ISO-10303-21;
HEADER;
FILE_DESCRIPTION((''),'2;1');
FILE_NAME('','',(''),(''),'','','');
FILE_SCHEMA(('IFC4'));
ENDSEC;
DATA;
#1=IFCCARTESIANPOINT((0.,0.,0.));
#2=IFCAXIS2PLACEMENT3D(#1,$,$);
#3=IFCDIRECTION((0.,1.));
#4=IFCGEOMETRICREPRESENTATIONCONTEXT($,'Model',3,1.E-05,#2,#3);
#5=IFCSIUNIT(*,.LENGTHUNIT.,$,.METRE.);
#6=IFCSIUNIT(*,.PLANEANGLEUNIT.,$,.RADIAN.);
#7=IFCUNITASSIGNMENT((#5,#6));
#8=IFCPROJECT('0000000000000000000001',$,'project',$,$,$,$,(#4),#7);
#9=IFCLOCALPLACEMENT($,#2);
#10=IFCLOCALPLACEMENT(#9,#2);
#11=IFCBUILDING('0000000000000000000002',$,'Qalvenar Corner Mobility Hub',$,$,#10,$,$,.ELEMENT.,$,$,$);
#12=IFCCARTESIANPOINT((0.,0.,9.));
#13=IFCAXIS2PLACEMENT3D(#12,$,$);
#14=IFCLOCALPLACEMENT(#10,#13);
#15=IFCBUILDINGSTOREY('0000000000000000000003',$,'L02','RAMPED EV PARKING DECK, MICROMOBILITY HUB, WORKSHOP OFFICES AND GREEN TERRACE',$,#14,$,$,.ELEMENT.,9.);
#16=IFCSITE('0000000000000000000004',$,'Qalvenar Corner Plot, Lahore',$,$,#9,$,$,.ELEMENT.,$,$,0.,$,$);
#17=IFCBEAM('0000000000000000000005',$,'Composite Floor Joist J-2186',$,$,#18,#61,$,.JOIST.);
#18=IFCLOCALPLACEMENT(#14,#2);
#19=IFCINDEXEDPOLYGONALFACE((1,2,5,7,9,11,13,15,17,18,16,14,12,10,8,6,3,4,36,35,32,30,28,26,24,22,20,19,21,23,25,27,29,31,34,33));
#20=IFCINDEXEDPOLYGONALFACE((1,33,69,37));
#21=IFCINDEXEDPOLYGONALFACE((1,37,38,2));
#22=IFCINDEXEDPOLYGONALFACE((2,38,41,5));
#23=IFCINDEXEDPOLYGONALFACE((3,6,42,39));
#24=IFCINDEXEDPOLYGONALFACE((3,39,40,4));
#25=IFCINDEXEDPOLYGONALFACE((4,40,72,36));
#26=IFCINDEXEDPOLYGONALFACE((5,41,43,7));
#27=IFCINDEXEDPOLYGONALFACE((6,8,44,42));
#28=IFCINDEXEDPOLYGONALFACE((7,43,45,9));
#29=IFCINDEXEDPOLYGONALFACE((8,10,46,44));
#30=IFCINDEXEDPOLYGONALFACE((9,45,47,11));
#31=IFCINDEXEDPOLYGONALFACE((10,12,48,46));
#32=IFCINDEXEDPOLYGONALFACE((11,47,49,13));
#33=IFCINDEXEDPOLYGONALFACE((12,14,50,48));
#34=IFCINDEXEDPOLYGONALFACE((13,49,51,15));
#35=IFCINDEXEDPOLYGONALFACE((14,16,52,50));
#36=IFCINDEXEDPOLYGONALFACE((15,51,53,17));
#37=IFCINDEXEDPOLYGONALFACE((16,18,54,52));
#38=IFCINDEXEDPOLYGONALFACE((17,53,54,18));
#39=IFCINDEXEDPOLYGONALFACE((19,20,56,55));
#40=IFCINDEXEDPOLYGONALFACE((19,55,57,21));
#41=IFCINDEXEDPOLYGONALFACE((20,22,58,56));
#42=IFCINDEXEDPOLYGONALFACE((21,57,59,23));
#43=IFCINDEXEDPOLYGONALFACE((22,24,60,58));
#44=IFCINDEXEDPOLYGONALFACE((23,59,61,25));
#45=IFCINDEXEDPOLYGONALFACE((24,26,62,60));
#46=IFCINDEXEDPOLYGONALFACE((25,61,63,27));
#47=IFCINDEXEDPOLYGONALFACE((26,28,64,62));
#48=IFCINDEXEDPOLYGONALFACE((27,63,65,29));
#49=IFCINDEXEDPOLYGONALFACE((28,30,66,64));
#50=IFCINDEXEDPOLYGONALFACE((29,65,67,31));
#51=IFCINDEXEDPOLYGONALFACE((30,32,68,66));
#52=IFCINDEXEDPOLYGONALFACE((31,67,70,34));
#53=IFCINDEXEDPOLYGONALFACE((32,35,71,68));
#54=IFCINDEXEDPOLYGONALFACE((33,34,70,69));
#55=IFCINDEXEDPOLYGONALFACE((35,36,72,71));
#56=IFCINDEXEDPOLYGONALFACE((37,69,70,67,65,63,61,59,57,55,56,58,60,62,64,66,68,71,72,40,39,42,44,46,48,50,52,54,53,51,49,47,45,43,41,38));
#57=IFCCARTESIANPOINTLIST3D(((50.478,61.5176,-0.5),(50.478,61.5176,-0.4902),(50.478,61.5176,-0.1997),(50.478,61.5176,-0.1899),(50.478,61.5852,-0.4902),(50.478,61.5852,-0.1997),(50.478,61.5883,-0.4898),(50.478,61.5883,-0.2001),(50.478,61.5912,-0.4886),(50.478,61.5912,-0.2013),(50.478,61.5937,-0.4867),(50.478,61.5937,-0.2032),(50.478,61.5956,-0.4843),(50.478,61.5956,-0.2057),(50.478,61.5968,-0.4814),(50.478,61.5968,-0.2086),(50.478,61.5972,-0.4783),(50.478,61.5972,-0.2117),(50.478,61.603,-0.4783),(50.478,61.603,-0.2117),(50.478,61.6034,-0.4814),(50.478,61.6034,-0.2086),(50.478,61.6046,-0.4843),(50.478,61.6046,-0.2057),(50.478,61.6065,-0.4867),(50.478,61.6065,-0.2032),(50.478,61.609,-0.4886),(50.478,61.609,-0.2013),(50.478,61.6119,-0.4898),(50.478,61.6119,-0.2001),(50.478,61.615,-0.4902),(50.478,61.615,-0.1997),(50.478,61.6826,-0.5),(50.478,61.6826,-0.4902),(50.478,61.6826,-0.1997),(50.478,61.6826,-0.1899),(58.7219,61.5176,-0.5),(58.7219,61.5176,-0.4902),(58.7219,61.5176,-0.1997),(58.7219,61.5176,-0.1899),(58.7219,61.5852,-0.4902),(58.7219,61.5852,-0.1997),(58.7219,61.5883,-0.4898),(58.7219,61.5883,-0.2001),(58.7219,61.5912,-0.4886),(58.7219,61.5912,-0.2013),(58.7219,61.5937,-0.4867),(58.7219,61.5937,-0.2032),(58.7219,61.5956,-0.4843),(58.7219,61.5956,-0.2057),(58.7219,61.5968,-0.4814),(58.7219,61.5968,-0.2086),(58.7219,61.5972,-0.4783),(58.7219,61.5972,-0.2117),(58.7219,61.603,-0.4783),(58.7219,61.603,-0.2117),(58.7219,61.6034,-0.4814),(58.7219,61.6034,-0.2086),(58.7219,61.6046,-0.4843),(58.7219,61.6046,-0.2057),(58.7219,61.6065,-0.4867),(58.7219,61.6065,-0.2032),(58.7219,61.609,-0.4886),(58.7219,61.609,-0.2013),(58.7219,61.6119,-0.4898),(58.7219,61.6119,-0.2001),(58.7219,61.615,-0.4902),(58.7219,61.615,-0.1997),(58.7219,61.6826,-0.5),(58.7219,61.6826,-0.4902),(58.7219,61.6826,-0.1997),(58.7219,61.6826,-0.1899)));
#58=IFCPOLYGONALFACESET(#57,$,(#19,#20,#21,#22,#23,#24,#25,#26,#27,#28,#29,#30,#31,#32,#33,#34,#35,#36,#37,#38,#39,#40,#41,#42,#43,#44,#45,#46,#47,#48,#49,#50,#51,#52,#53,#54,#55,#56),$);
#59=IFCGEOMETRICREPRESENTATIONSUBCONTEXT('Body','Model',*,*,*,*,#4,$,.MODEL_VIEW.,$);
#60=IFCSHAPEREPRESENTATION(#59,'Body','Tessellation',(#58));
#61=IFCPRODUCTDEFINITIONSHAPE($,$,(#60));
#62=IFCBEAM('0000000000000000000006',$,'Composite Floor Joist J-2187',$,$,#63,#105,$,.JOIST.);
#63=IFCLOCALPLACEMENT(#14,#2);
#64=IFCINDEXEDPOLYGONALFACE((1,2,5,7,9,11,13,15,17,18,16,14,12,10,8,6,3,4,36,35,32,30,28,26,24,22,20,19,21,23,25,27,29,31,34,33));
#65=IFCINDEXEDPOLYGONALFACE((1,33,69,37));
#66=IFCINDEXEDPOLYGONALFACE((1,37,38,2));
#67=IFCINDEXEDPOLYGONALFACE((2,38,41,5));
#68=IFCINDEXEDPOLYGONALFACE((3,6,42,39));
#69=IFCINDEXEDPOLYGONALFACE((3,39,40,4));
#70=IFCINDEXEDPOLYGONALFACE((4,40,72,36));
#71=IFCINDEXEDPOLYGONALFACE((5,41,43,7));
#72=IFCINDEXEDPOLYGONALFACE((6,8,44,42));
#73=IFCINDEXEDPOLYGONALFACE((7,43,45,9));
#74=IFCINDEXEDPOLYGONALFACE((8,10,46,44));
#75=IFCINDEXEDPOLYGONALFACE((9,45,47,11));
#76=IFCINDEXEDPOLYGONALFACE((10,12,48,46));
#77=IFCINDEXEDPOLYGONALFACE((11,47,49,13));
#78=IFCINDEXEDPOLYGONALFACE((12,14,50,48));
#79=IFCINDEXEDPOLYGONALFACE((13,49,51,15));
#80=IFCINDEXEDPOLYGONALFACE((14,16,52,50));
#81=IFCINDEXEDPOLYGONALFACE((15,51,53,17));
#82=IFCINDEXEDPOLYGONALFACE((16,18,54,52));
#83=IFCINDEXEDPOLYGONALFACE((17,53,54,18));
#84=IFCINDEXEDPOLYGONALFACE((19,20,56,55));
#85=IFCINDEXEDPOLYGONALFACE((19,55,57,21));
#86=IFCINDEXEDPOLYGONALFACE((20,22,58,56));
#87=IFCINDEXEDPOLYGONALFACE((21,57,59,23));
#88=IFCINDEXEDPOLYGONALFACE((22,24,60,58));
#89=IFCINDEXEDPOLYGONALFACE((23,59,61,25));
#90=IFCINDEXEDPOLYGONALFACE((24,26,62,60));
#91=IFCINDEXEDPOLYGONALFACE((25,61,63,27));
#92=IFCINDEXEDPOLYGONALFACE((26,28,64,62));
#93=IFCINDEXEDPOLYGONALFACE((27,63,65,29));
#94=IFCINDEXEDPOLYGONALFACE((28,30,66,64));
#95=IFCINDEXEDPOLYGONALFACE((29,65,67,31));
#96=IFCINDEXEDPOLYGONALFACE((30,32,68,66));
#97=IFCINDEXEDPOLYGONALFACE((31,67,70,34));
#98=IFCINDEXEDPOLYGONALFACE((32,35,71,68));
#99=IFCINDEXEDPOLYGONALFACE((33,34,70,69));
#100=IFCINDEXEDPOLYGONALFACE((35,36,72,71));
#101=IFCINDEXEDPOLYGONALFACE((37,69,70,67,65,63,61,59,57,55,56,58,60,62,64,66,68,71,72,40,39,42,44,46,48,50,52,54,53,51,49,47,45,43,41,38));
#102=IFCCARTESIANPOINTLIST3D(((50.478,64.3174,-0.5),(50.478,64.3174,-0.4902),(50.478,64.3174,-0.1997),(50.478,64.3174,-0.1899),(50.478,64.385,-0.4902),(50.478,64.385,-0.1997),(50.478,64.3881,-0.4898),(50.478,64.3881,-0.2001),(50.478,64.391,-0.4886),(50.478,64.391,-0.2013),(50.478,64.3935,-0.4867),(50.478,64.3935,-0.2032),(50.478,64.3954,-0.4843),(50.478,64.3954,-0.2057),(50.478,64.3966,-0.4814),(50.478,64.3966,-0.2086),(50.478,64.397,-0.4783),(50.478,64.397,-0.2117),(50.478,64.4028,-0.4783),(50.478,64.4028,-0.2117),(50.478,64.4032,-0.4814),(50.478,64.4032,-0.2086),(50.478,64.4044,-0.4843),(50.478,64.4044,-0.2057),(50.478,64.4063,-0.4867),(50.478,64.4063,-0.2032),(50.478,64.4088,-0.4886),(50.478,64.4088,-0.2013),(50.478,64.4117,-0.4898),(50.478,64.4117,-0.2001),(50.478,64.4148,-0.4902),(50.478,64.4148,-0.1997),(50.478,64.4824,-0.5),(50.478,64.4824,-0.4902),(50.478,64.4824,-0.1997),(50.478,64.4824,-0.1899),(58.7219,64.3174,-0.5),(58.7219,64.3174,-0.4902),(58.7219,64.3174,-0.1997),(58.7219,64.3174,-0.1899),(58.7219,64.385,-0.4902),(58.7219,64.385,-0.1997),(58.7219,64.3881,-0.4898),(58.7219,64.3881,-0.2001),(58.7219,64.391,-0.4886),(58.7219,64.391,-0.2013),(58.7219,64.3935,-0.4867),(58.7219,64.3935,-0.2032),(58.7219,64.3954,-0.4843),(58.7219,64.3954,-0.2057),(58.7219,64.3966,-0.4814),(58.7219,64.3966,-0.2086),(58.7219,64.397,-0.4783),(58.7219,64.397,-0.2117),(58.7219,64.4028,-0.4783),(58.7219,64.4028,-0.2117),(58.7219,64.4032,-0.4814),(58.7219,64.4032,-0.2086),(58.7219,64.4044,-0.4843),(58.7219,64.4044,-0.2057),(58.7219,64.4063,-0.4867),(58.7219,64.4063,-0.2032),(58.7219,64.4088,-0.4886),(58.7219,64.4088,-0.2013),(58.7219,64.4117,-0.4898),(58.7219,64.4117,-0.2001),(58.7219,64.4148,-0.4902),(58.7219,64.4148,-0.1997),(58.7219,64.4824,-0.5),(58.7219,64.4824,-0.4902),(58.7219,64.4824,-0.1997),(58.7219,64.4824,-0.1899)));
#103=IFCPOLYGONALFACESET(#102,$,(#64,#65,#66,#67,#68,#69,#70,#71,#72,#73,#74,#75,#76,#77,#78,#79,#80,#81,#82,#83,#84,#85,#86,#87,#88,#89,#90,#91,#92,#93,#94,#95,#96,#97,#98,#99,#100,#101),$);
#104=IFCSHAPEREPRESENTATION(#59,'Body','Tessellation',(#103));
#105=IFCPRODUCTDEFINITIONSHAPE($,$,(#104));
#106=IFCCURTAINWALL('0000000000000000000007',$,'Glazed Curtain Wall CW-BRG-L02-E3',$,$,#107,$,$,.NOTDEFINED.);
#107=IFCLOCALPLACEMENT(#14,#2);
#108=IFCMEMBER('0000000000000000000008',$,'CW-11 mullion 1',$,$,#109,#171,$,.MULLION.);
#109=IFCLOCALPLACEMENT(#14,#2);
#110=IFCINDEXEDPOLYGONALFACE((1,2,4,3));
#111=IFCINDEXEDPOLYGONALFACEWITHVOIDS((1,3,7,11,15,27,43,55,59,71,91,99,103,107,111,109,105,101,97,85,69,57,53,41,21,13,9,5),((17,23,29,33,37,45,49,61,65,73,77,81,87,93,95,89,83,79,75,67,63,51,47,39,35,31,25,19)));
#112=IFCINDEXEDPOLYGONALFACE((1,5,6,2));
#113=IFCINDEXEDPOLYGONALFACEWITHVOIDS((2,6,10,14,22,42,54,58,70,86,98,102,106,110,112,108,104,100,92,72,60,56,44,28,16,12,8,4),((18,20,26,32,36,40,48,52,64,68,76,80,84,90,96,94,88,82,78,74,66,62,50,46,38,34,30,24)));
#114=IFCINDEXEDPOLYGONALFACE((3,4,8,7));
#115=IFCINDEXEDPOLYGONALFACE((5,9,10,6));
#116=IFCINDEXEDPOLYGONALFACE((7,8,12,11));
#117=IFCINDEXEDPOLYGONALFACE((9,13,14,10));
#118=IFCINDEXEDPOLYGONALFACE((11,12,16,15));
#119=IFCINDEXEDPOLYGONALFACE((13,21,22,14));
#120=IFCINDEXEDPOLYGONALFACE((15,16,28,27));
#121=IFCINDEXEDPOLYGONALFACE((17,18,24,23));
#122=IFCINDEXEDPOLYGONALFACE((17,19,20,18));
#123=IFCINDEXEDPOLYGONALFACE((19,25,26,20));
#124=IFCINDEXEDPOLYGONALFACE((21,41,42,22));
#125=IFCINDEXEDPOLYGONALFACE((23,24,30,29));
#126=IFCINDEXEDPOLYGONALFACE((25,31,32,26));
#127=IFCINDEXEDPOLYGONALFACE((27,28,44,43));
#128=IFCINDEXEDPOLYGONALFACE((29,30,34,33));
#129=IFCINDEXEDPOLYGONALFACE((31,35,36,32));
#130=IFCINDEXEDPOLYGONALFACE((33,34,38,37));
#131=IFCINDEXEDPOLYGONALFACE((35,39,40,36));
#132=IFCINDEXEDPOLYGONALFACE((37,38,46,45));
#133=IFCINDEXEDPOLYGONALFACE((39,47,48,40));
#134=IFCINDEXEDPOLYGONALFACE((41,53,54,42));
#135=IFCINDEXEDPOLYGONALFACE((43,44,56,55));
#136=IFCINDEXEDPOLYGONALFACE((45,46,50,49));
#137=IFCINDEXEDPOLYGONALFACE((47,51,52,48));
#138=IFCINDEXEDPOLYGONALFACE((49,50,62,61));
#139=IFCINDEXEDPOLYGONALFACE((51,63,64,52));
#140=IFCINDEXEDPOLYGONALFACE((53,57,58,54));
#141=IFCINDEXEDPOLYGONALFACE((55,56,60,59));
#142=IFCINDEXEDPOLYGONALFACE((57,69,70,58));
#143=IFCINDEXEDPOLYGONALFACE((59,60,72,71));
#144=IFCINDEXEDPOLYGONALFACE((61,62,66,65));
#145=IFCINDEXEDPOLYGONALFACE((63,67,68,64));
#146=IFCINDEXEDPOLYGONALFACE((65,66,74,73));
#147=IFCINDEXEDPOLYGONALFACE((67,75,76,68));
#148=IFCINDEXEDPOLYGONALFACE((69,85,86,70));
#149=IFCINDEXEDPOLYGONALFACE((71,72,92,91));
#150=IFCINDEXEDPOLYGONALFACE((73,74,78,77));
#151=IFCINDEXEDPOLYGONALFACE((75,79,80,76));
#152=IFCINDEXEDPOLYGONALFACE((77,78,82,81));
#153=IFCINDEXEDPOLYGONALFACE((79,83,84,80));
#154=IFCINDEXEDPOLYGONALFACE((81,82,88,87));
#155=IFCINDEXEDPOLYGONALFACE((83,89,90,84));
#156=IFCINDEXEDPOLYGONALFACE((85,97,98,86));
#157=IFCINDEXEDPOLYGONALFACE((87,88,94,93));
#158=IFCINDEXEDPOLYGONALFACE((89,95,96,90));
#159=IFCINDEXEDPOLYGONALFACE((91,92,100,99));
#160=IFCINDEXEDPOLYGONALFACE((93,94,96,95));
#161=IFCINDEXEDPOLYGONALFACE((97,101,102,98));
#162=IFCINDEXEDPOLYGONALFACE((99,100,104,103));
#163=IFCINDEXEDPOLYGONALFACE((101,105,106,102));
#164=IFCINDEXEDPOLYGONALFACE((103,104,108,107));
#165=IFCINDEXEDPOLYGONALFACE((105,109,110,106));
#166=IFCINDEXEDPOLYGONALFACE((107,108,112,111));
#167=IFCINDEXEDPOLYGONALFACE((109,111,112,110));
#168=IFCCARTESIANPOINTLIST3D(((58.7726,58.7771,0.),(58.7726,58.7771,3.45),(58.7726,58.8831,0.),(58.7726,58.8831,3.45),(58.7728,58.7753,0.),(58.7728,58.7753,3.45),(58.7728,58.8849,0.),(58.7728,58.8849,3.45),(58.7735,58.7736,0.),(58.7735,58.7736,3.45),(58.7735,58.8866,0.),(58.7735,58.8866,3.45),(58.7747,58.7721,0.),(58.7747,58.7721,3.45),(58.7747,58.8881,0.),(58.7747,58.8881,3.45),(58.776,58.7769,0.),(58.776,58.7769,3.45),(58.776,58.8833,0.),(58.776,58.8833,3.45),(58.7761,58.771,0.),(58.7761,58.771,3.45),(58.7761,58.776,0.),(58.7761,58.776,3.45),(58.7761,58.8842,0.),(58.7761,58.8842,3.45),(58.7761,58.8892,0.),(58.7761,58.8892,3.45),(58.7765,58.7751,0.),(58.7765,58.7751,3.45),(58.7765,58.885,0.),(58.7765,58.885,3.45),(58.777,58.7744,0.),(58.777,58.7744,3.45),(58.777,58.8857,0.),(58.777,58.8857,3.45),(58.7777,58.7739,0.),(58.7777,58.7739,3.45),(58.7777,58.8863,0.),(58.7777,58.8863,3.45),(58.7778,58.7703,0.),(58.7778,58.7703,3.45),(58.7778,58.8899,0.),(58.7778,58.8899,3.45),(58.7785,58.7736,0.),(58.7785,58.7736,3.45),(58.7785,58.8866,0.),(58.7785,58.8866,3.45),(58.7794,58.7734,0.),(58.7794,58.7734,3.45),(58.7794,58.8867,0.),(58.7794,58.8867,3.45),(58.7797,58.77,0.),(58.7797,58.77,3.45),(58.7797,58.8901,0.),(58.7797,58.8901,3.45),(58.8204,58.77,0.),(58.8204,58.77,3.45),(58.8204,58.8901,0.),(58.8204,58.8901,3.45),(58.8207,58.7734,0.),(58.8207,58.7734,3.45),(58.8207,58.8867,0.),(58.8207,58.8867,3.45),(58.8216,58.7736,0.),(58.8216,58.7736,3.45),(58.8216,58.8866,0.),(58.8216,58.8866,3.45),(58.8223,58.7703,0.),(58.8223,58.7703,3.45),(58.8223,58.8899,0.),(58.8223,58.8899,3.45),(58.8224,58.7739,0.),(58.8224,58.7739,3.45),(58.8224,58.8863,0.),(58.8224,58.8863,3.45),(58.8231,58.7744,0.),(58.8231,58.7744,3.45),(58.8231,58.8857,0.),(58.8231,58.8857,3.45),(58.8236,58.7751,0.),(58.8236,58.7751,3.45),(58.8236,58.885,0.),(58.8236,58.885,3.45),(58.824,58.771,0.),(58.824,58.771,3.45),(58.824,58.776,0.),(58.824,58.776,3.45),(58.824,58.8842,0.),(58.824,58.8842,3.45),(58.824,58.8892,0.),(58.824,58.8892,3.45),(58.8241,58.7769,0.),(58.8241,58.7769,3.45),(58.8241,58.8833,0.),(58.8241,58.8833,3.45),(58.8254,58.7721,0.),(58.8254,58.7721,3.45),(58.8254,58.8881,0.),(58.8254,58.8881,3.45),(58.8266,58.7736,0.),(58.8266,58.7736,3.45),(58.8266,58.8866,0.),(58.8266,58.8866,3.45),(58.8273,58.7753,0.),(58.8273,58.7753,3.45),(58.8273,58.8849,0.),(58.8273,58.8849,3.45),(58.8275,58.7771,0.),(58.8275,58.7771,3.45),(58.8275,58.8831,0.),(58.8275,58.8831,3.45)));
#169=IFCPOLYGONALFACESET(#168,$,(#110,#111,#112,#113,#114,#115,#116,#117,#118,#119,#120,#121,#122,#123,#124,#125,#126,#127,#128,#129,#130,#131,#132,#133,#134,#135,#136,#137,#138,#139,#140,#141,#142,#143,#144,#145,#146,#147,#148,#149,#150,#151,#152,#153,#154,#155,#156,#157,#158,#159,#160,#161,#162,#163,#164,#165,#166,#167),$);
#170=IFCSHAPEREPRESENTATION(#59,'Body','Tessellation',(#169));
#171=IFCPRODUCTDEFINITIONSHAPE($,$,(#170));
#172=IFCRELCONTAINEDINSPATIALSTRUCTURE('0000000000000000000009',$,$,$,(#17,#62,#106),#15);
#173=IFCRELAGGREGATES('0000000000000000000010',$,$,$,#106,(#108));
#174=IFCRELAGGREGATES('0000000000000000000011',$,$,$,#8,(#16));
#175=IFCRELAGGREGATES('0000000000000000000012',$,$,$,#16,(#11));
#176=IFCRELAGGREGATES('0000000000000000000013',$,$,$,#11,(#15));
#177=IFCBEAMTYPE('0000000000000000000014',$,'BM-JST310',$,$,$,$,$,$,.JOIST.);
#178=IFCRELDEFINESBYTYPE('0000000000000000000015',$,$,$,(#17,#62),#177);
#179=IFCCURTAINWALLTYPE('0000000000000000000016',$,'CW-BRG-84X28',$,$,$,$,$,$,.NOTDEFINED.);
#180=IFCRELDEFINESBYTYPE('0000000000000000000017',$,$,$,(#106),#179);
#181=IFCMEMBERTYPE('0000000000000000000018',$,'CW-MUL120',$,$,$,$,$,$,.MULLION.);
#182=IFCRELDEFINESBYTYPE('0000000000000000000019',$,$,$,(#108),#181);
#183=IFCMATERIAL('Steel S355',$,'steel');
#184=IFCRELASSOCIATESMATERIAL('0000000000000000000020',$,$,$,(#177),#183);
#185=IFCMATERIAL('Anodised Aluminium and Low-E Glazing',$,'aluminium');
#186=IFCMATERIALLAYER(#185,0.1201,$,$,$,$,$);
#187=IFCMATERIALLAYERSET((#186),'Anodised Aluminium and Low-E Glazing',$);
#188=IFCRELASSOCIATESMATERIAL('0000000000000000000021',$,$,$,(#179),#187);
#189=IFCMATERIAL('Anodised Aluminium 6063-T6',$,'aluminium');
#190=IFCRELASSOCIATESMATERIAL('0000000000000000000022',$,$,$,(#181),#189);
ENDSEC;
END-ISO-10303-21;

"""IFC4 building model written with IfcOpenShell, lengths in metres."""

from ifc_helpers import new_model, si_unit, direction, frame, origin, origin_2d, place, context, subcontext, project, spatial, hollow_rectangle, i_section, extrude, material, layer, layer_set, material_profile, profile_set, type_object, element, aggregate, save


model = new_model("IFC4")

# Units and contexts
model_context = context("Model", 3, precision=1e-05, world=origin(), true_north=direction((0.0, 1.0)))
body_context = subcontext(model_context, "Body", "Model", "MODEL_VIEW")
ifc_project = project(units=[si_unit("LENGTHUNIT", "METRE"), si_unit("PLANEANGLEUNIT", "RADIAN")], contexts=[model_context])

# Site, building, storey
site_placement = place(None, origin())
site = spatial("IfcSite", under=ifc_project, at=site_placement, Name="Qalvenar Corner Plot, Lahore", CompositionType="ELEMENT", RefElevation=0.0)
building_placement = place(site_placement, origin())
building = spatial("IfcBuilding", under=site, at=building_placement, Name="Qalvenar Corner Mobility Hub", CompositionType="ELEMENT")
storey_placement = place(building_placement, frame((0.0, 0.0, 9.0)))
storey = spatial("IfcBuildingStorey", under=building, at=storey_placement, Name="L02", Description="RAMPED EV PARKING DECK, MICROMOBILITY HUB, WORKSHOP OFFICES AND GREEN TERRACE", CompositionType="ELEMENT", Elevation=9.0)

# Shared definitions
ifc_material_1 = material(Name="Steel S355", Category="steel")

# Beams
ifc_material_profile_1 = material_profile(ifc_material_1, i_section(OverallWidth=0.165, OverallDepth=0.3101, WebThickness=0.0059, FlangeThickness=0.0098, FilletRadius=0.012, at=origin_2d()), Name="W310x38.7")
ifc_profile_set_1 = profile_set([ifc_material_profile_1], Name="Steel S355")
beam_type_1 = type_object("IfcBeamType", Name="BM-JST310", PredefinedType="JOIST", material=ifc_profile_set_1)
for number, where, z_axis, x_axis, name in (
    (1, (50.478, 61.6001, -0.345), (1.0, 0.0, 0.0), (0.0, 1.0, 0.0), "Composite Floor Joist J-2186"),
    (2, (50.478, 64.3999, -0.345), (1.0, 0.0, 0.0), (0.0, 1.0, 0.0), "Composite Floor Joist J-2187"),
):
    element("IfcBeam", number, at=place(storey_placement, frame(where, z_axis=z_axis, x_axis=x_axis)), inside=storey, type_object=beam_type_1, Name=name, PredefinedType="JOIST", context=body_context, shape_type="SweptSolid", body=[
        extrude(i_section(OverallWidth=0.165, OverallDepth=0.3101, WebThickness=0.0059, FlangeThickness=0.0098, FilletRadius=0.012, at=origin_2d()), origin(), (0.0, 0.0, 1.0), 8.2439),
    ])

# Curtain wall, member
ifc_material_2 = material(Name="Anodised Aluminium and Low-E Glazing", Category="aluminium")
ifc_layer_1 = layer(ifc_material_2, 0.1201)
ifc_layer_set_1 = layer_set([ifc_layer_1], Name="Anodised Aluminium and Low-E Glazing")
curtain_wall_type = type_object("IfcCurtainWallType", Name="CW-BRG-84X28", PredefinedType="NOTDEFINED", material=ifc_layer_set_1)
curtain_wall_placement = place(storey_placement, origin())
curtain_wall = element("IfcCurtainWall", 3, at=curtain_wall_placement, inside=storey, type_object=curtain_wall_type, Name="Glazed Curtain Wall CW-BRG-L02-E3", PredefinedType="NOTDEFINED")
ifc_material_3 = material(Name="Anodised Aluminium 6063-T6", Category="aluminium")
ifc_material_profile_2 = material_profile(ifc_material_3, hollow_rectangle(XDim=0.0549, YDim=0.1201, WallThickness=0.0034, InnerFilletRadius=0.0034, OuterFilletRadius=0.0071, at=origin_2d()), Name="RHS120x55x3.5")
ifc_profile_set_2 = profile_set([ifc_material_profile_2], Name="Anodised Aluminium 6063-T6")
member_type_1 = type_object("IfcMemberType", Name="CW-MUL120", PredefinedType="MULLION", material=ifc_profile_set_2)
member_1_placement = place(storey_placement, frame((58.8, 58.8301, 0.0), z_axis=(0.0, 0.0, 1.0), x_axis=(-1.0, 0.0, 0.0)))
member_1 = element("IfcMember", 4, at=member_1_placement, type_object=member_type_1, Name="CW-11 mullion 1", PredefinedType="MULLION", context=body_context, shape_type="SweptSolid", body=[
    extrude(hollow_rectangle(XDim=0.0549, YDim=0.1201, WallThickness=0.0034, InnerFilletRadius=0.0034, OuterFilletRadius=0.0071, at=origin_2d()), origin(), (0.0, 0.0, 1.0), 3.45),
])

aggregate(curtain_wall, [member_1])

save(model, "model.ifc")
